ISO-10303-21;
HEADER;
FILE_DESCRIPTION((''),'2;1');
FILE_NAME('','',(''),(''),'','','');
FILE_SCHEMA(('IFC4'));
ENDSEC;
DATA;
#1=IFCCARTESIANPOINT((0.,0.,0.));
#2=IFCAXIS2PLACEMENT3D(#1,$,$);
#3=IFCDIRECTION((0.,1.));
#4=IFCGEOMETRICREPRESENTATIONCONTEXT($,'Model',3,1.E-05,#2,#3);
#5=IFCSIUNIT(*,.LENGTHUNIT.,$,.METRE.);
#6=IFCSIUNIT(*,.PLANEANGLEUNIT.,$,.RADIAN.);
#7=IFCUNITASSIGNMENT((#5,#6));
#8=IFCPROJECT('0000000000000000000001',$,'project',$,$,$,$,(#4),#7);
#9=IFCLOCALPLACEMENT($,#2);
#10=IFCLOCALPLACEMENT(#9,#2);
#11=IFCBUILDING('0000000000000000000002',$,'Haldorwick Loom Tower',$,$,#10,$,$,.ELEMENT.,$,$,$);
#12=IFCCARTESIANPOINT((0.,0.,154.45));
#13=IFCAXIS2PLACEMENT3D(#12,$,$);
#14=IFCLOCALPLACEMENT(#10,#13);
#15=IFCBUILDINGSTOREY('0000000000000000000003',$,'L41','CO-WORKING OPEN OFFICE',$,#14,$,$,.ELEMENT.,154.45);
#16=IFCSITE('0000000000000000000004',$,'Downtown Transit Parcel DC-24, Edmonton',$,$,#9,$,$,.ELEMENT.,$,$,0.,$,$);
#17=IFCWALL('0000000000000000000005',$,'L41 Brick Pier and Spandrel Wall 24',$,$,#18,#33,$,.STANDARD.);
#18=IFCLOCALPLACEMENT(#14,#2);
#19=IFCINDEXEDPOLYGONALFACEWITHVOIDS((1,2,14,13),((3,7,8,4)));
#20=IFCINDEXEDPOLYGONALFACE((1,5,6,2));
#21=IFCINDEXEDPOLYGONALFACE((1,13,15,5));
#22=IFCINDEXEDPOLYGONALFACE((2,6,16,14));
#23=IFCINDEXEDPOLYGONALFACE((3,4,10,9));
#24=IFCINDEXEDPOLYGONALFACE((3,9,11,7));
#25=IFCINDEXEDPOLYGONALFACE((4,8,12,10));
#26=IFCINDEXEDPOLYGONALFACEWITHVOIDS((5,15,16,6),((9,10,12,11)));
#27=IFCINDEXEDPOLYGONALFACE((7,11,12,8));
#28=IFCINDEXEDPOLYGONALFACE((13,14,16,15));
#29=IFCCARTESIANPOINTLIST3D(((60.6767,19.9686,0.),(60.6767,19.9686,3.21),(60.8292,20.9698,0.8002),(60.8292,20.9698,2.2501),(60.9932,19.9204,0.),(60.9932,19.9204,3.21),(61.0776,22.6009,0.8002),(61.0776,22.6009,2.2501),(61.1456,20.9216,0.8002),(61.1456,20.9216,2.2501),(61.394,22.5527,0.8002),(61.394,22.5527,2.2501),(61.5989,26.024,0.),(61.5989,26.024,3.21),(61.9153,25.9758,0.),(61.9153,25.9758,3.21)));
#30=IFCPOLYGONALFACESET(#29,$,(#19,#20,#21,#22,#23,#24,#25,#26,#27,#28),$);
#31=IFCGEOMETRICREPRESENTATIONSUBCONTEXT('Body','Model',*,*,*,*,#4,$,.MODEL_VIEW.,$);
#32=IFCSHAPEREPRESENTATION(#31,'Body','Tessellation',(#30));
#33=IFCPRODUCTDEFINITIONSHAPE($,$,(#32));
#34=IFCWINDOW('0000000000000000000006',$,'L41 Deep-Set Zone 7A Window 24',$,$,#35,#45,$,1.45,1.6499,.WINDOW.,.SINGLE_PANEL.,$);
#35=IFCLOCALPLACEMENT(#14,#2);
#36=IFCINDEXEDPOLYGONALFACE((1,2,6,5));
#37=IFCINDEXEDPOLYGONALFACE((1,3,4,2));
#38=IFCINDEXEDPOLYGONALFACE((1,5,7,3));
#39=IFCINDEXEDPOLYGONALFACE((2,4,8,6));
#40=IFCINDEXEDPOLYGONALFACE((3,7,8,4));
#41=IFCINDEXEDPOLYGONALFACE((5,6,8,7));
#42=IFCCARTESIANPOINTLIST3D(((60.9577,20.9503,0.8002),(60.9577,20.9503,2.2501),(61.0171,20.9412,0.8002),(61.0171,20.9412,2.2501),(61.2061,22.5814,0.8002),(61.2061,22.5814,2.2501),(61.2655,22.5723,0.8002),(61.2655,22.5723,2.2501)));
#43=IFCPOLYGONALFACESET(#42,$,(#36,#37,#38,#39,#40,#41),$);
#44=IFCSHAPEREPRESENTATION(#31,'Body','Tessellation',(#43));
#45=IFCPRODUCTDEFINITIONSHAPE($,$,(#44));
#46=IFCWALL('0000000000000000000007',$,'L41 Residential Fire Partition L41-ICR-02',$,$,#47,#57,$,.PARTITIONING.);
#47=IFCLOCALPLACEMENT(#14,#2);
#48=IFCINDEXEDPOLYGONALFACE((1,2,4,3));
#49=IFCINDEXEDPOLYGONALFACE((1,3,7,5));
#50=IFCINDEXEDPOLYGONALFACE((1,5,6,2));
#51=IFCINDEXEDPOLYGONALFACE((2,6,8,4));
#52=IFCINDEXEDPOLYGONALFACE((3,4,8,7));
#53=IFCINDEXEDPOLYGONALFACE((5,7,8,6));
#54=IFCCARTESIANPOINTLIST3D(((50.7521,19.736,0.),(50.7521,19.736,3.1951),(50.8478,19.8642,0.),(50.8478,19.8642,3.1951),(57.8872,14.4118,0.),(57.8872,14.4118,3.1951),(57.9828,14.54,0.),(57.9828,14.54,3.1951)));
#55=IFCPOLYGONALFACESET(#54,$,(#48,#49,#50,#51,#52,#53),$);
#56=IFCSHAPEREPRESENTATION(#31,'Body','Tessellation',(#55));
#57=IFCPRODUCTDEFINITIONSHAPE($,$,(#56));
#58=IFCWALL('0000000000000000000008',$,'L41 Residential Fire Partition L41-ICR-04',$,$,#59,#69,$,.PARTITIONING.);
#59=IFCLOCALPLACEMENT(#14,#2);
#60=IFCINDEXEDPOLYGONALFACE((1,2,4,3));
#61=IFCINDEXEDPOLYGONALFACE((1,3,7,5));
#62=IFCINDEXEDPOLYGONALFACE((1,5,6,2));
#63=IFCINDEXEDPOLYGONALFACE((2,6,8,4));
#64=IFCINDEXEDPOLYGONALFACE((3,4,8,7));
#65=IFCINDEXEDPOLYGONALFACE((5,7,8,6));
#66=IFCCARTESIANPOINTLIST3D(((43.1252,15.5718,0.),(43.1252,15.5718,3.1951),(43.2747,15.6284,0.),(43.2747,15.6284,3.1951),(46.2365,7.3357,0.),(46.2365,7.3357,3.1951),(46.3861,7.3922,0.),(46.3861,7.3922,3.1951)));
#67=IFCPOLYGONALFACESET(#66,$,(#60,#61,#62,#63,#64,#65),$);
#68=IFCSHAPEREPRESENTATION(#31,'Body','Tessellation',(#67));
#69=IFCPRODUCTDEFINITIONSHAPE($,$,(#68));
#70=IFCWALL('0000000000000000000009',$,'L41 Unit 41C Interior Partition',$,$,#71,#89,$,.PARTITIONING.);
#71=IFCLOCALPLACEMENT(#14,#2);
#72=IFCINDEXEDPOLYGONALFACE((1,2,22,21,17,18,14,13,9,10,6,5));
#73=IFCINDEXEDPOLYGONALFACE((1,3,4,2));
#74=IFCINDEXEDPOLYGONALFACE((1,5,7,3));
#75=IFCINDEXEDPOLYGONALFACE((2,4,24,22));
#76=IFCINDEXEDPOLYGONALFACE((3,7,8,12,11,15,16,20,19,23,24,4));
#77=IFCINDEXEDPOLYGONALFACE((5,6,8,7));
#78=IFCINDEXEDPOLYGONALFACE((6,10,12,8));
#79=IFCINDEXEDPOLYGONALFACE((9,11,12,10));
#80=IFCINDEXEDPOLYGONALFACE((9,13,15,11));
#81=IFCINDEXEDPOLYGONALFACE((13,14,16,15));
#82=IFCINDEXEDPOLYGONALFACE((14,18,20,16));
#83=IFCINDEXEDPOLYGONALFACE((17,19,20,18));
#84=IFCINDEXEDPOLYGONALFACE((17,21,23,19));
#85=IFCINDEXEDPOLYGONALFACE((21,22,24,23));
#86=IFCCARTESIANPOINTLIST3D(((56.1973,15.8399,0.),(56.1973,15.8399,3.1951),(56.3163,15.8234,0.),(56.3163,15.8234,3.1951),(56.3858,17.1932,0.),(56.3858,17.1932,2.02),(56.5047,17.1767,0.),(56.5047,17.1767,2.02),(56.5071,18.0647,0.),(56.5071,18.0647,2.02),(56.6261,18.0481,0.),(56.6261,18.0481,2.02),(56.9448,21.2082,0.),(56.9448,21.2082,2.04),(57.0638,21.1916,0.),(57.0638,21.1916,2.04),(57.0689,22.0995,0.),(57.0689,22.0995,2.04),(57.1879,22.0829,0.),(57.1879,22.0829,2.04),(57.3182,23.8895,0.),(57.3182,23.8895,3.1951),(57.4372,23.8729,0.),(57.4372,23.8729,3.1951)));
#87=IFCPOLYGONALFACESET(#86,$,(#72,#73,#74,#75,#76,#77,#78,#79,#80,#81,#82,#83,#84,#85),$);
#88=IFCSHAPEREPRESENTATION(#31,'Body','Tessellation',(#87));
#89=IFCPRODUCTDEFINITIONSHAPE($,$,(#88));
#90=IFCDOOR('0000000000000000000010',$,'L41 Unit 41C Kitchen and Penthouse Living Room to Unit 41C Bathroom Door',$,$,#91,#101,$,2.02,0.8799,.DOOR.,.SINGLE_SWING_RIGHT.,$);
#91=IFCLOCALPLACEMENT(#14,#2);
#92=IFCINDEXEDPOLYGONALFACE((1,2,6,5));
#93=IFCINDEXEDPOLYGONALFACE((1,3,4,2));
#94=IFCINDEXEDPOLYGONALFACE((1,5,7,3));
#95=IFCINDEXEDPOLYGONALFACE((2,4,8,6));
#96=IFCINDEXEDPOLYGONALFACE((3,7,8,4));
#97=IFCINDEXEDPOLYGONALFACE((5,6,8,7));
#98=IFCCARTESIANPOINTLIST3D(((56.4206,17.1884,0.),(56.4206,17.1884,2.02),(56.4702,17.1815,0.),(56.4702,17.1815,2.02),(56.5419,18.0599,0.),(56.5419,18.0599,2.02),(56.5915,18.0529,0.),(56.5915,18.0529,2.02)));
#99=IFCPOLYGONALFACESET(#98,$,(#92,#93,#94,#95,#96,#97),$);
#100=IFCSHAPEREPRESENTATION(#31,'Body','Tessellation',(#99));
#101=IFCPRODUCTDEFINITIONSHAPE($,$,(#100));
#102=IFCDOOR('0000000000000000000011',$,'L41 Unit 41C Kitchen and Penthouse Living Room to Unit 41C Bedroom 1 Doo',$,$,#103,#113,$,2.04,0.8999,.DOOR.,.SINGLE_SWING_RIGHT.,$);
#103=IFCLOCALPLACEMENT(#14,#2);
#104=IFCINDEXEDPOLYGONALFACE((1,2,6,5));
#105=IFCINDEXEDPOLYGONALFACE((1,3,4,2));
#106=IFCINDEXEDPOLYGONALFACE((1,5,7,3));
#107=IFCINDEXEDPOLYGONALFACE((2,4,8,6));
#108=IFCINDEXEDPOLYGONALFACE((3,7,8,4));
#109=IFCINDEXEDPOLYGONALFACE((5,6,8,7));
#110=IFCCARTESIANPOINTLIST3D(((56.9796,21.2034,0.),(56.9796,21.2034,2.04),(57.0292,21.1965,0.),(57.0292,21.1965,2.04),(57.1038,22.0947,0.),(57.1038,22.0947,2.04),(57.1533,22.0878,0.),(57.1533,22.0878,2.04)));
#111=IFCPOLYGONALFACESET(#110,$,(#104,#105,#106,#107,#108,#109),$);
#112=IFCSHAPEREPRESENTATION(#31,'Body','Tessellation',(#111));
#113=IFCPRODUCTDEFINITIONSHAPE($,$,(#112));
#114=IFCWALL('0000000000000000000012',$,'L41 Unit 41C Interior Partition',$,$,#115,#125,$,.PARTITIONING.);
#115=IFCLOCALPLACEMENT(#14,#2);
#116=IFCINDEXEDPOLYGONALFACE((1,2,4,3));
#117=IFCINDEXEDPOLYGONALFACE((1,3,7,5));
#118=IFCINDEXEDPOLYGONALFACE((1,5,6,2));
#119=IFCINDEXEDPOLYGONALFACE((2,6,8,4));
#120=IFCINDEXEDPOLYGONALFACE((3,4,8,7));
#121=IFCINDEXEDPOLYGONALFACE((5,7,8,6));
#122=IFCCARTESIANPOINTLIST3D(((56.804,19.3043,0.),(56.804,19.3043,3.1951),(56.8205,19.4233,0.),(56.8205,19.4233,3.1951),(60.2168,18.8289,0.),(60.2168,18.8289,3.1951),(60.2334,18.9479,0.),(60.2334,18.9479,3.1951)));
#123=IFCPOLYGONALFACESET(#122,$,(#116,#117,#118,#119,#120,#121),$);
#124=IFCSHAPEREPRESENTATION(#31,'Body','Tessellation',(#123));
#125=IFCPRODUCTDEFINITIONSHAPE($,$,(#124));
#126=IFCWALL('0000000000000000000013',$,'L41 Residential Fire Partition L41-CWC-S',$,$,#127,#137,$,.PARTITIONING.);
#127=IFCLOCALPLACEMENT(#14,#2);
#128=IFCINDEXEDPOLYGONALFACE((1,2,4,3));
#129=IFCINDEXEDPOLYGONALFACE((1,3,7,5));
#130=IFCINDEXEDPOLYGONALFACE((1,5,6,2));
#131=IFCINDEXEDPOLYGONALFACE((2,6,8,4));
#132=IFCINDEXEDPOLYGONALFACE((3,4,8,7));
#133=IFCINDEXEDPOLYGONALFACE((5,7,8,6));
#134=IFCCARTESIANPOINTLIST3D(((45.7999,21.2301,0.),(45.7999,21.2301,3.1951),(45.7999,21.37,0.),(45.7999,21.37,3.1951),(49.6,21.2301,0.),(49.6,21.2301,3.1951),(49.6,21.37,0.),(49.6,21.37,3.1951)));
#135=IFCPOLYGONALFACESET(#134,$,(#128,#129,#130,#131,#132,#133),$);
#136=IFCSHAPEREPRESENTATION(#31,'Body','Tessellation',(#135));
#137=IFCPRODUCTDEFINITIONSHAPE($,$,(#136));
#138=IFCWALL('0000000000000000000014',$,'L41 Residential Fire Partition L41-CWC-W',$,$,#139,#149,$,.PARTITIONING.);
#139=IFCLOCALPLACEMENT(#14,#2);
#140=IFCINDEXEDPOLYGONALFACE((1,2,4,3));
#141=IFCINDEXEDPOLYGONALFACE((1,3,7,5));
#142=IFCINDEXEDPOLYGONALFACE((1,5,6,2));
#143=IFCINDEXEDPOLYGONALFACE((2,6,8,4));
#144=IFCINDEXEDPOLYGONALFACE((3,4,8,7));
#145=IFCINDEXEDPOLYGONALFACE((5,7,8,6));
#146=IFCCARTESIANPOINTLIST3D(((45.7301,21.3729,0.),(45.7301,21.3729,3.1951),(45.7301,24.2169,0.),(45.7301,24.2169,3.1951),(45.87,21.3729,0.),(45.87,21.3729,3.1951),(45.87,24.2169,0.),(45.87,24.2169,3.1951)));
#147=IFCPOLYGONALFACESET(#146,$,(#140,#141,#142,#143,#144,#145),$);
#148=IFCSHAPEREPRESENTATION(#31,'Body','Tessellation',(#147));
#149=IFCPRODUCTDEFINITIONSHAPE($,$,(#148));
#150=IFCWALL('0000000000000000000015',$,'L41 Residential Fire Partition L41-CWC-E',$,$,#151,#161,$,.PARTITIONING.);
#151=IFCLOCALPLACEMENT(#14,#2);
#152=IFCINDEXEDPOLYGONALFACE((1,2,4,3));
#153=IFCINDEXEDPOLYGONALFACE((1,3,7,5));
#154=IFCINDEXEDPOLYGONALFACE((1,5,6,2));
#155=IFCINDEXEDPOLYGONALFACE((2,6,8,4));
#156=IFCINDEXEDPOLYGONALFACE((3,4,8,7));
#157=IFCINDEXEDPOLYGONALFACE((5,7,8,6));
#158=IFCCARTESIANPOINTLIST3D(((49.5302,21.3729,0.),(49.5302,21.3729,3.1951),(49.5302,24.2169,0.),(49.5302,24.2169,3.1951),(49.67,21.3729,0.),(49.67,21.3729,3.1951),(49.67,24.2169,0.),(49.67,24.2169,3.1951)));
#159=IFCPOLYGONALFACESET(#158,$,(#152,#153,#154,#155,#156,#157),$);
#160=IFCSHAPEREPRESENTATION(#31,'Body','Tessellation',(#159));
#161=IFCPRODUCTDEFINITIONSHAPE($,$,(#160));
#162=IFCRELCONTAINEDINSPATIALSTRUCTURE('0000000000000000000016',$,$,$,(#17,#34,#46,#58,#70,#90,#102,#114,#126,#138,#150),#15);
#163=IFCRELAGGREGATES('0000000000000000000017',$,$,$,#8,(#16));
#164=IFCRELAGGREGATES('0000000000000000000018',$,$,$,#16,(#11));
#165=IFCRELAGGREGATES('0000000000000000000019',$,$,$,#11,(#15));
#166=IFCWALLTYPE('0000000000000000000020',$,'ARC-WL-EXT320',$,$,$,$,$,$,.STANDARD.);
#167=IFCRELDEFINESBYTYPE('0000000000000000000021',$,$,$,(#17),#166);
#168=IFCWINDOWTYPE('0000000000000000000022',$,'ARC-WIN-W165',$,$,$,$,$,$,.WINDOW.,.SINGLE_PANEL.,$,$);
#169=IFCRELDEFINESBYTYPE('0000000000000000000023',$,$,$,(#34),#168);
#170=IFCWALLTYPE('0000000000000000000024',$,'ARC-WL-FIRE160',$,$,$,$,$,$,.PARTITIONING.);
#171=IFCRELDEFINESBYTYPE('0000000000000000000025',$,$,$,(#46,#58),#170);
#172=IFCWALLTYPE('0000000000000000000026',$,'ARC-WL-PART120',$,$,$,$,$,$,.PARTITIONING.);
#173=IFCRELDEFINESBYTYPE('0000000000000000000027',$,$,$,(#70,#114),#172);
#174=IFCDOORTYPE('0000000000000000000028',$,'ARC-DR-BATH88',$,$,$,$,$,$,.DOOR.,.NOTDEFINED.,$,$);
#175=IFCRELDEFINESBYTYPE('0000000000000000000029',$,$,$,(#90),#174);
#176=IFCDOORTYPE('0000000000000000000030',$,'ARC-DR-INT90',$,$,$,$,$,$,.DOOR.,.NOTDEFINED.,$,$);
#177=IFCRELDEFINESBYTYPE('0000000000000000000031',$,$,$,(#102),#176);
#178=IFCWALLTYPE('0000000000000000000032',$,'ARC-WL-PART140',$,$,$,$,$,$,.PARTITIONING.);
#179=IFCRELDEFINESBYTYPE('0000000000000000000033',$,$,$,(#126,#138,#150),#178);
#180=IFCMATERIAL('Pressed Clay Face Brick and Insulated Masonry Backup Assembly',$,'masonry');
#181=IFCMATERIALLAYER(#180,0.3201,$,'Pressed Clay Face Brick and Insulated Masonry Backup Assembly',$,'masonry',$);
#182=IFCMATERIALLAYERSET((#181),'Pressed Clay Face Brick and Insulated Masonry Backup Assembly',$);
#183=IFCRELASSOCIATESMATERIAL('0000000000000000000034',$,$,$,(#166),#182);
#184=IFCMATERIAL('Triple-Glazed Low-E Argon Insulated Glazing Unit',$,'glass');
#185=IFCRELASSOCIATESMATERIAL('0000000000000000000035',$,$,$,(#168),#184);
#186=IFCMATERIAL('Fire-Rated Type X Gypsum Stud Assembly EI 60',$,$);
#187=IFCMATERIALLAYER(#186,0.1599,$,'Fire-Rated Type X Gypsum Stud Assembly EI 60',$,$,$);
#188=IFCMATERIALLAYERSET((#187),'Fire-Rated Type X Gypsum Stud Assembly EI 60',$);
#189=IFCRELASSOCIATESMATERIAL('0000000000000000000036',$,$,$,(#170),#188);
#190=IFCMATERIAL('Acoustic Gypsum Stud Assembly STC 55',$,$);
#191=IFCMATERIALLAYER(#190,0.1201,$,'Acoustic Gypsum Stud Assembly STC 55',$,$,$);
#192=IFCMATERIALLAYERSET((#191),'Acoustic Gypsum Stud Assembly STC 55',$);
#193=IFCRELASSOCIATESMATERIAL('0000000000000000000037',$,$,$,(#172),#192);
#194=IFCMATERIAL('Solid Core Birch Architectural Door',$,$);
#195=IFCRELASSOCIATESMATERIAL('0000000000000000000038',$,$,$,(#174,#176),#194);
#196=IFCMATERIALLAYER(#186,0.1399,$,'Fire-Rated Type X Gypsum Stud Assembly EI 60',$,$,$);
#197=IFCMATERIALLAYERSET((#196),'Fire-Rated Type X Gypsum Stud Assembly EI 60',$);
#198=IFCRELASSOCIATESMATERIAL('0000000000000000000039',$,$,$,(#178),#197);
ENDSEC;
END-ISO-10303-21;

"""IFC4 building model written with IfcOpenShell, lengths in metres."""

from ifc_helpers import new_model, si_unit, direction, frame, frame_2d, origin, place, context, subcontext, project, spatial, rectangle, extrude, material, layer, layer_set, type_object, element, fill, save


model = new_model("IFC4")

# Units and contexts
model_context = context("Model", 3, precision=1e-05, world=origin(), true_north=direction((0.0, 1.0)))
body_context = subcontext(model_context, "Body", "Model", "MODEL_VIEW")
ifc_project = project(units=[si_unit("LENGTHUNIT", "METRE"), si_unit("PLANEANGLEUNIT", "RADIAN")], contexts=[model_context])

# Site, building, storey
site_placement = place(None, origin())
site = spatial("IfcSite", under=ifc_project, at=site_placement, Name="Downtown Transit Parcel DC-24, Edmonton", CompositionType="ELEMENT", RefElevation=0.0)
building_placement = place(site_placement, origin())
building = spatial("IfcBuilding", under=site, at=building_placement, Name="Haldorwick Loom Tower", CompositionType="ELEMENT")
storey_placement = place(building_placement, frame((0.0, 0.0, 154.45)))
storey = spatial("IfcBuildingStorey", under=building, at=storey_placement, Name="L41", Description="CO-WORKING OPEN OFFICE", CompositionType="ELEMENT", Elevation=154.45)

# Shared definitions
ifc_material_1 = material(Name="Pressed Clay Face Brick and Insulated Masonry Backup Assembly", Category="masonry")
ifc_layer_1 = layer(ifc_material_1, 0.3201, Name="Pressed Clay Face Brick and Insulated Masonry Backup Assembly", Category="masonry")
ifc_layer_set_1 = layer_set([ifc_layer_1], Name="Pressed Clay Face Brick and Insulated Masonry Backup Assembly")
wall_type_1 = type_object("IfcWallType", Name="ARC-WL-EXT320", PredefinedType="STANDARD", material=ifc_layer_set_1)
ifc_material_2 = material(Name="Triple-Glazed Low-E Argon Insulated Glazing Unit", Category="glass")
window_type = type_object("IfcWindowType", Name="ARC-WIN-W165", PartitioningType="SINGLE_PANEL", PredefinedType="WINDOW", material=ifc_material_2)

# Wall, opening, window
wall_1_placement = place(storey_placement, frame((60.835, 19.9446, 0.0), z_axis=(0.0, 0.0, 1.0), x_axis=(0.150544, 0.988603, 0.0)))
wall_1 = element("IfcWall", 1, at=wall_1_placement, inside=storey, type_object=wall_type_1, Name="L41 Brick Pier and Spandrel Wall 24", PredefinedType="STANDARD", context=body_context, shape_type="SweptSolid", body=[
    extrude(rectangle(XDim=6.1252, YDim=0.3201, at=frame_2d((3.0625, 0.0))), origin(), (0.0, 0.0, 1.0), 3.21),
])
opening_1_placement = place(wall_1_placement, frame((1.0127, 0.0, 0.8)))
opening_1 = element("IfcOpeningElement", 2, at=opening_1_placement, cuts=wall_1, PredefinedType="OPENING", context=body_context, shape_type="SweptSolid", body=[
    extrude(rectangle(XDim=1.6499, YDim=1.45, at=frame_2d((0.825, 0.7251))), frame((0.0, 0.1699, 0.0), z_axis=(0.0, -1.0, 0.0), x_axis=(1.0, 0.0, 0.0)), (0.0, 0.0, 1.0), 0.3401),
])
window_1_placement = place(opening_1_placement, origin())
window_1 = element("IfcWindow", 3, at=window_1_placement, inside=storey, type_object=window_type, Name="L41 Deep-Set Zone 7A Window 24", OverallHeight=1.45, OverallWidth=1.6499, PartitioningType="SINGLE_PANEL", PredefinedType="WINDOW", context=body_context, shape_type="SweptSolid", body=[
    extrude(rectangle(XDim=1.6499, YDim=1.45, at=frame_2d((0.825, 0.7251))), frame((0.0, 0.03, 0.0), z_axis=(0.0, -1.0, 0.0), x_axis=(1.0, 0.0, 0.0)), (0.0, 0.0, 1.0), 0.0601),
])
fill(opening_1, window_1)

# Walls
ifc_material_3 = material(Name="Fire-Rated Type X Gypsum Stud Assembly EI 60")
ifc_layer_2 = layer(ifc_material_3, 0.1599, Name="Fire-Rated Type X Gypsum Stud Assembly EI 60")
ifc_layer_set_2 = layer_set([ifc_layer_2], Name="Fire-Rated Type X Gypsum Stud Assembly EI 60")
wall_type_2 = type_object("IfcWallType", Name="ARC-WL-FIRE160", PredefinedType="PARTITIONING", material=ifc_layer_set_2)
wall_2_placement = place(storey_placement, frame((50.8, 19.8, 0.0), z_axis=(0.0, 0.0, 1.0), x_axis=(0.801455, -0.598054, 0.0)))
element("IfcWall", 4, at=wall_2_placement, inside=storey, type_object=wall_type_2, Name="L41 Residential Fire Partition L41-ICR-02", PredefinedType="PARTITIONING", context=body_context, shape_type="SweptSolid", body=[
    extrude(rectangle(XDim=8.9026, YDim=0.1599, at=frame_2d((4.4512, 0.0))), origin(), (0.0, 0.0, 1.0), 3.1951),
])
wall_3_placement = place(storey_placement, frame((43.2, 15.6001, 0.0), z_axis=(0.0, 0.0, 1.0), x_axis=(0.353392, -0.935475, 0.0)))
element("IfcWall", 5, at=wall_3_placement, inside=storey, type_object=wall_type_2, Name="L41 Residential Fire Partition L41-ICR-04", PredefinedType="PARTITIONING", context=body_context, shape_type="SweptSolid", body=[
    extrude(rectangle(XDim=8.8042, YDim=0.1599, at=frame_2d((4.4021, 0.0))), origin(), (0.0, 0.0, 1.0), 3.1951),
])

# Wall, openings, doors
ifc_material_4 = material(Name="Acoustic Gypsum Stud Assembly STC 55")
ifc_layer_3 = layer(ifc_material_4, 0.1201, Name="Acoustic Gypsum Stud Assembly STC 55")
ifc_layer_set_3 = layer_set([ifc_layer_3], Name="Acoustic Gypsum Stud Assembly STC 55")
wall_type_3 = type_object("IfcWallType", Name="ARC-WL-PART120", PredefinedType="PARTITIONING", material=ifc_layer_set_3)
wall_4_placement = place(storey_placement, frame((56.2568, 15.8318, 0.0), z_axis=(0.0, 0.0, 1.0), x_axis=(0.137913, 0.990444, 0.0)))
wall_4 = element("IfcWall", 6, at=wall_4_placement, inside=storey, type_object=wall_type_3, Name="L41 Unit 41C Interior Partition", PredefinedType="PARTITIONING", context=body_context, shape_type="SweptSolid", body=[
    extrude(rectangle(XDim=8.1272, YDim=0.1201, at=frame_2d((4.0635, 0.0))), origin(), (0.0, 0.0, 1.0), 3.1951),
])
opening_2_placement = place(wall_4_placement, frame((5.4199, 0.0, 0.0)))
opening_2 = element("IfcOpeningElement", 7, at=opening_2_placement, cuts=wall_4, PredefinedType="OPENING", context=body_context, shape_type="SweptSolid", body=[
    extrude(rectangle(XDim=0.8999, YDim=2.04, at=frame_2d((0.45, 1.02))), frame((0.0, 0.0701, 0.0), z_axis=(0.0, -1.0, 0.0), x_axis=(1.0, 0.0, 0.0)), (0.0, 0.0, 1.0), 0.1401),
])
opening_3_placement = place(wall_4_placement, frame((1.3662, 0.0, 0.0)))
opening_3 = element("IfcOpeningElement", 8, at=opening_3_placement, cuts=wall_4, PredefinedType="OPENING", context=body_context, shape_type="SweptSolid", body=[
    extrude(rectangle(XDim=0.8799, YDim=2.02, at=frame_2d((0.4399, 1.01))), frame((0.0, 0.0701, 0.0), z_axis=(0.0, -1.0, 0.0), x_axis=(1.0, 0.0, 0.0)), (0.0, 0.0, 1.0), 0.1401),
])
ifc_material_5 = material(Name="Solid Core Birch Architectural Door")
door_type_1 = type_object("IfcDoorType", Name="ARC-DR-BATH88", OperationType="NOTDEFINED", PredefinedType="DOOR", material=ifc_material_5)
door_1_placement = place(opening_3_placement, origin())
door_1 = element("IfcDoor", 9, at=door_1_placement, inside=storey, type_object=door_type_1, Name="L41 Unit 41C Kitchen and Penthouse Living Room to Unit 41C Bathroom Door", OperationType="SINGLE_SWING_RIGHT", OverallHeight=2.02, OverallWidth=0.8799, PredefinedType="DOOR", context=body_context, shape_type="SweptSolid", body=[
    extrude(rectangle(XDim=0.8799, YDim=2.02, at=frame_2d((0.4399, 1.01))), frame((0.0, 0.0249, 0.0), z_axis=(0.0, -1.0, 0.0), x_axis=(1.0, 0.0, 0.0)), (0.0, 0.0, 1.0), 0.05),
])
fill(opening_3, door_1)
door_type_2 = type_object("IfcDoorType", Name="ARC-DR-INT90", OperationType="NOTDEFINED", PredefinedType="DOOR", material=ifc_material_5)
door_2_placement = place(opening_2_placement, origin())
door_2 = element("IfcDoor", 10, at=door_2_placement, inside=storey, type_object=door_type_2, Name="L41 Unit 41C Kitchen and Penthouse Living Room to Unit 41C Bedroom 1 Doo", OperationType="SINGLE_SWING_RIGHT", OverallHeight=2.04, OverallWidth=0.8999, PredefinedType="DOOR", context=body_context, shape_type="SweptSolid", body=[
    extrude(rectangle(XDim=0.8999, YDim=2.04, at=frame_2d((0.45, 1.02))), frame((0.0, 0.0249, 0.0), z_axis=(0.0, -1.0, 0.0), x_axis=(1.0, 0.0, 0.0)), (0.0, 0.0, 1.0), 0.05),
])
fill(opening_2, door_2)

# Walls
wall_5_placement = place(storey_placement, frame((56.8123, 19.3638, 0.0), z_axis=(0.0, 0.0, 1.0), x_axis=(0.990439, -0.137949, 0.0)))
element("IfcWall", 11, at=wall_5_placement, inside=storey, type_object=wall_type_3, Name="L41 Unit 41C Interior Partition", PredefinedType="PARTITIONING", context=body_context, shape_type="SweptSolid", body=[
    extrude(rectangle(XDim=3.4458, YDim=0.1201, at=frame_2d((1.7229, 0.0))), origin(), (0.0, 0.0, 1.0), 3.1951),
])
ifc_layer_4 = layer(ifc_material_3, 0.1399, Name="Fire-Rated Type X Gypsum Stud Assembly EI 60")
ifc_layer_set_4 = layer_set([ifc_layer_4], Name="Fire-Rated Type X Gypsum Stud Assembly EI 60")
wall_type_4 = type_object("IfcWallType", Name="ARC-WL-PART140", PredefinedType="PARTITIONING", material=ifc_layer_set_4)
wall_6_placement = place(storey_placement, frame((45.8, 21.3, 0.0), z_axis=(0.0, 0.0, 1.0), x_axis=(1.0, 0.0, 0.0)))
element("IfcWall", 12, at=wall_6_placement, inside=storey, type_object=wall_type_4, Name="L41 Residential Fire Partition L41-CWC-S", PredefinedType="PARTITIONING", context=body_context, shape_type="SweptSolid", body=[
    extrude(rectangle(XDim=3.8, YDim=0.1399, at=frame_2d((1.8999, 0.0))), origin(), (0.0, 0.0, 1.0), 3.1951),
])
for number, where, z_axis, x_axis, name in (
    (13, (45.8, 21.373, 0.0), (0.0, 0.0, 1.0), (0.0, 1.0, 0.0), "L41 Residential Fire Partition L41-CWC-W"),
    (14, (49.6001, 21.373, 0.0), (0.0, 0.0, 1.0), (0.0, 1.0, 0.0), "L41 Residential Fire Partition L41-CWC-E"),
):
    element("IfcWall", number, at=place(storey_placement, frame(where, z_axis=z_axis, x_axis=x_axis)), inside=storey, type_object=wall_type_4, Name=name, PredefinedType="PARTITIONING", context=body_context, shape_type="SweptSolid", body=[
        extrude(rectangle(XDim=2.844, YDim=0.1399, at=frame_2d((1.4219, 0.0))), origin(), (0.0, 0.0, 1.0), 3.1951),
    ])

save(model, "model.ifc")
